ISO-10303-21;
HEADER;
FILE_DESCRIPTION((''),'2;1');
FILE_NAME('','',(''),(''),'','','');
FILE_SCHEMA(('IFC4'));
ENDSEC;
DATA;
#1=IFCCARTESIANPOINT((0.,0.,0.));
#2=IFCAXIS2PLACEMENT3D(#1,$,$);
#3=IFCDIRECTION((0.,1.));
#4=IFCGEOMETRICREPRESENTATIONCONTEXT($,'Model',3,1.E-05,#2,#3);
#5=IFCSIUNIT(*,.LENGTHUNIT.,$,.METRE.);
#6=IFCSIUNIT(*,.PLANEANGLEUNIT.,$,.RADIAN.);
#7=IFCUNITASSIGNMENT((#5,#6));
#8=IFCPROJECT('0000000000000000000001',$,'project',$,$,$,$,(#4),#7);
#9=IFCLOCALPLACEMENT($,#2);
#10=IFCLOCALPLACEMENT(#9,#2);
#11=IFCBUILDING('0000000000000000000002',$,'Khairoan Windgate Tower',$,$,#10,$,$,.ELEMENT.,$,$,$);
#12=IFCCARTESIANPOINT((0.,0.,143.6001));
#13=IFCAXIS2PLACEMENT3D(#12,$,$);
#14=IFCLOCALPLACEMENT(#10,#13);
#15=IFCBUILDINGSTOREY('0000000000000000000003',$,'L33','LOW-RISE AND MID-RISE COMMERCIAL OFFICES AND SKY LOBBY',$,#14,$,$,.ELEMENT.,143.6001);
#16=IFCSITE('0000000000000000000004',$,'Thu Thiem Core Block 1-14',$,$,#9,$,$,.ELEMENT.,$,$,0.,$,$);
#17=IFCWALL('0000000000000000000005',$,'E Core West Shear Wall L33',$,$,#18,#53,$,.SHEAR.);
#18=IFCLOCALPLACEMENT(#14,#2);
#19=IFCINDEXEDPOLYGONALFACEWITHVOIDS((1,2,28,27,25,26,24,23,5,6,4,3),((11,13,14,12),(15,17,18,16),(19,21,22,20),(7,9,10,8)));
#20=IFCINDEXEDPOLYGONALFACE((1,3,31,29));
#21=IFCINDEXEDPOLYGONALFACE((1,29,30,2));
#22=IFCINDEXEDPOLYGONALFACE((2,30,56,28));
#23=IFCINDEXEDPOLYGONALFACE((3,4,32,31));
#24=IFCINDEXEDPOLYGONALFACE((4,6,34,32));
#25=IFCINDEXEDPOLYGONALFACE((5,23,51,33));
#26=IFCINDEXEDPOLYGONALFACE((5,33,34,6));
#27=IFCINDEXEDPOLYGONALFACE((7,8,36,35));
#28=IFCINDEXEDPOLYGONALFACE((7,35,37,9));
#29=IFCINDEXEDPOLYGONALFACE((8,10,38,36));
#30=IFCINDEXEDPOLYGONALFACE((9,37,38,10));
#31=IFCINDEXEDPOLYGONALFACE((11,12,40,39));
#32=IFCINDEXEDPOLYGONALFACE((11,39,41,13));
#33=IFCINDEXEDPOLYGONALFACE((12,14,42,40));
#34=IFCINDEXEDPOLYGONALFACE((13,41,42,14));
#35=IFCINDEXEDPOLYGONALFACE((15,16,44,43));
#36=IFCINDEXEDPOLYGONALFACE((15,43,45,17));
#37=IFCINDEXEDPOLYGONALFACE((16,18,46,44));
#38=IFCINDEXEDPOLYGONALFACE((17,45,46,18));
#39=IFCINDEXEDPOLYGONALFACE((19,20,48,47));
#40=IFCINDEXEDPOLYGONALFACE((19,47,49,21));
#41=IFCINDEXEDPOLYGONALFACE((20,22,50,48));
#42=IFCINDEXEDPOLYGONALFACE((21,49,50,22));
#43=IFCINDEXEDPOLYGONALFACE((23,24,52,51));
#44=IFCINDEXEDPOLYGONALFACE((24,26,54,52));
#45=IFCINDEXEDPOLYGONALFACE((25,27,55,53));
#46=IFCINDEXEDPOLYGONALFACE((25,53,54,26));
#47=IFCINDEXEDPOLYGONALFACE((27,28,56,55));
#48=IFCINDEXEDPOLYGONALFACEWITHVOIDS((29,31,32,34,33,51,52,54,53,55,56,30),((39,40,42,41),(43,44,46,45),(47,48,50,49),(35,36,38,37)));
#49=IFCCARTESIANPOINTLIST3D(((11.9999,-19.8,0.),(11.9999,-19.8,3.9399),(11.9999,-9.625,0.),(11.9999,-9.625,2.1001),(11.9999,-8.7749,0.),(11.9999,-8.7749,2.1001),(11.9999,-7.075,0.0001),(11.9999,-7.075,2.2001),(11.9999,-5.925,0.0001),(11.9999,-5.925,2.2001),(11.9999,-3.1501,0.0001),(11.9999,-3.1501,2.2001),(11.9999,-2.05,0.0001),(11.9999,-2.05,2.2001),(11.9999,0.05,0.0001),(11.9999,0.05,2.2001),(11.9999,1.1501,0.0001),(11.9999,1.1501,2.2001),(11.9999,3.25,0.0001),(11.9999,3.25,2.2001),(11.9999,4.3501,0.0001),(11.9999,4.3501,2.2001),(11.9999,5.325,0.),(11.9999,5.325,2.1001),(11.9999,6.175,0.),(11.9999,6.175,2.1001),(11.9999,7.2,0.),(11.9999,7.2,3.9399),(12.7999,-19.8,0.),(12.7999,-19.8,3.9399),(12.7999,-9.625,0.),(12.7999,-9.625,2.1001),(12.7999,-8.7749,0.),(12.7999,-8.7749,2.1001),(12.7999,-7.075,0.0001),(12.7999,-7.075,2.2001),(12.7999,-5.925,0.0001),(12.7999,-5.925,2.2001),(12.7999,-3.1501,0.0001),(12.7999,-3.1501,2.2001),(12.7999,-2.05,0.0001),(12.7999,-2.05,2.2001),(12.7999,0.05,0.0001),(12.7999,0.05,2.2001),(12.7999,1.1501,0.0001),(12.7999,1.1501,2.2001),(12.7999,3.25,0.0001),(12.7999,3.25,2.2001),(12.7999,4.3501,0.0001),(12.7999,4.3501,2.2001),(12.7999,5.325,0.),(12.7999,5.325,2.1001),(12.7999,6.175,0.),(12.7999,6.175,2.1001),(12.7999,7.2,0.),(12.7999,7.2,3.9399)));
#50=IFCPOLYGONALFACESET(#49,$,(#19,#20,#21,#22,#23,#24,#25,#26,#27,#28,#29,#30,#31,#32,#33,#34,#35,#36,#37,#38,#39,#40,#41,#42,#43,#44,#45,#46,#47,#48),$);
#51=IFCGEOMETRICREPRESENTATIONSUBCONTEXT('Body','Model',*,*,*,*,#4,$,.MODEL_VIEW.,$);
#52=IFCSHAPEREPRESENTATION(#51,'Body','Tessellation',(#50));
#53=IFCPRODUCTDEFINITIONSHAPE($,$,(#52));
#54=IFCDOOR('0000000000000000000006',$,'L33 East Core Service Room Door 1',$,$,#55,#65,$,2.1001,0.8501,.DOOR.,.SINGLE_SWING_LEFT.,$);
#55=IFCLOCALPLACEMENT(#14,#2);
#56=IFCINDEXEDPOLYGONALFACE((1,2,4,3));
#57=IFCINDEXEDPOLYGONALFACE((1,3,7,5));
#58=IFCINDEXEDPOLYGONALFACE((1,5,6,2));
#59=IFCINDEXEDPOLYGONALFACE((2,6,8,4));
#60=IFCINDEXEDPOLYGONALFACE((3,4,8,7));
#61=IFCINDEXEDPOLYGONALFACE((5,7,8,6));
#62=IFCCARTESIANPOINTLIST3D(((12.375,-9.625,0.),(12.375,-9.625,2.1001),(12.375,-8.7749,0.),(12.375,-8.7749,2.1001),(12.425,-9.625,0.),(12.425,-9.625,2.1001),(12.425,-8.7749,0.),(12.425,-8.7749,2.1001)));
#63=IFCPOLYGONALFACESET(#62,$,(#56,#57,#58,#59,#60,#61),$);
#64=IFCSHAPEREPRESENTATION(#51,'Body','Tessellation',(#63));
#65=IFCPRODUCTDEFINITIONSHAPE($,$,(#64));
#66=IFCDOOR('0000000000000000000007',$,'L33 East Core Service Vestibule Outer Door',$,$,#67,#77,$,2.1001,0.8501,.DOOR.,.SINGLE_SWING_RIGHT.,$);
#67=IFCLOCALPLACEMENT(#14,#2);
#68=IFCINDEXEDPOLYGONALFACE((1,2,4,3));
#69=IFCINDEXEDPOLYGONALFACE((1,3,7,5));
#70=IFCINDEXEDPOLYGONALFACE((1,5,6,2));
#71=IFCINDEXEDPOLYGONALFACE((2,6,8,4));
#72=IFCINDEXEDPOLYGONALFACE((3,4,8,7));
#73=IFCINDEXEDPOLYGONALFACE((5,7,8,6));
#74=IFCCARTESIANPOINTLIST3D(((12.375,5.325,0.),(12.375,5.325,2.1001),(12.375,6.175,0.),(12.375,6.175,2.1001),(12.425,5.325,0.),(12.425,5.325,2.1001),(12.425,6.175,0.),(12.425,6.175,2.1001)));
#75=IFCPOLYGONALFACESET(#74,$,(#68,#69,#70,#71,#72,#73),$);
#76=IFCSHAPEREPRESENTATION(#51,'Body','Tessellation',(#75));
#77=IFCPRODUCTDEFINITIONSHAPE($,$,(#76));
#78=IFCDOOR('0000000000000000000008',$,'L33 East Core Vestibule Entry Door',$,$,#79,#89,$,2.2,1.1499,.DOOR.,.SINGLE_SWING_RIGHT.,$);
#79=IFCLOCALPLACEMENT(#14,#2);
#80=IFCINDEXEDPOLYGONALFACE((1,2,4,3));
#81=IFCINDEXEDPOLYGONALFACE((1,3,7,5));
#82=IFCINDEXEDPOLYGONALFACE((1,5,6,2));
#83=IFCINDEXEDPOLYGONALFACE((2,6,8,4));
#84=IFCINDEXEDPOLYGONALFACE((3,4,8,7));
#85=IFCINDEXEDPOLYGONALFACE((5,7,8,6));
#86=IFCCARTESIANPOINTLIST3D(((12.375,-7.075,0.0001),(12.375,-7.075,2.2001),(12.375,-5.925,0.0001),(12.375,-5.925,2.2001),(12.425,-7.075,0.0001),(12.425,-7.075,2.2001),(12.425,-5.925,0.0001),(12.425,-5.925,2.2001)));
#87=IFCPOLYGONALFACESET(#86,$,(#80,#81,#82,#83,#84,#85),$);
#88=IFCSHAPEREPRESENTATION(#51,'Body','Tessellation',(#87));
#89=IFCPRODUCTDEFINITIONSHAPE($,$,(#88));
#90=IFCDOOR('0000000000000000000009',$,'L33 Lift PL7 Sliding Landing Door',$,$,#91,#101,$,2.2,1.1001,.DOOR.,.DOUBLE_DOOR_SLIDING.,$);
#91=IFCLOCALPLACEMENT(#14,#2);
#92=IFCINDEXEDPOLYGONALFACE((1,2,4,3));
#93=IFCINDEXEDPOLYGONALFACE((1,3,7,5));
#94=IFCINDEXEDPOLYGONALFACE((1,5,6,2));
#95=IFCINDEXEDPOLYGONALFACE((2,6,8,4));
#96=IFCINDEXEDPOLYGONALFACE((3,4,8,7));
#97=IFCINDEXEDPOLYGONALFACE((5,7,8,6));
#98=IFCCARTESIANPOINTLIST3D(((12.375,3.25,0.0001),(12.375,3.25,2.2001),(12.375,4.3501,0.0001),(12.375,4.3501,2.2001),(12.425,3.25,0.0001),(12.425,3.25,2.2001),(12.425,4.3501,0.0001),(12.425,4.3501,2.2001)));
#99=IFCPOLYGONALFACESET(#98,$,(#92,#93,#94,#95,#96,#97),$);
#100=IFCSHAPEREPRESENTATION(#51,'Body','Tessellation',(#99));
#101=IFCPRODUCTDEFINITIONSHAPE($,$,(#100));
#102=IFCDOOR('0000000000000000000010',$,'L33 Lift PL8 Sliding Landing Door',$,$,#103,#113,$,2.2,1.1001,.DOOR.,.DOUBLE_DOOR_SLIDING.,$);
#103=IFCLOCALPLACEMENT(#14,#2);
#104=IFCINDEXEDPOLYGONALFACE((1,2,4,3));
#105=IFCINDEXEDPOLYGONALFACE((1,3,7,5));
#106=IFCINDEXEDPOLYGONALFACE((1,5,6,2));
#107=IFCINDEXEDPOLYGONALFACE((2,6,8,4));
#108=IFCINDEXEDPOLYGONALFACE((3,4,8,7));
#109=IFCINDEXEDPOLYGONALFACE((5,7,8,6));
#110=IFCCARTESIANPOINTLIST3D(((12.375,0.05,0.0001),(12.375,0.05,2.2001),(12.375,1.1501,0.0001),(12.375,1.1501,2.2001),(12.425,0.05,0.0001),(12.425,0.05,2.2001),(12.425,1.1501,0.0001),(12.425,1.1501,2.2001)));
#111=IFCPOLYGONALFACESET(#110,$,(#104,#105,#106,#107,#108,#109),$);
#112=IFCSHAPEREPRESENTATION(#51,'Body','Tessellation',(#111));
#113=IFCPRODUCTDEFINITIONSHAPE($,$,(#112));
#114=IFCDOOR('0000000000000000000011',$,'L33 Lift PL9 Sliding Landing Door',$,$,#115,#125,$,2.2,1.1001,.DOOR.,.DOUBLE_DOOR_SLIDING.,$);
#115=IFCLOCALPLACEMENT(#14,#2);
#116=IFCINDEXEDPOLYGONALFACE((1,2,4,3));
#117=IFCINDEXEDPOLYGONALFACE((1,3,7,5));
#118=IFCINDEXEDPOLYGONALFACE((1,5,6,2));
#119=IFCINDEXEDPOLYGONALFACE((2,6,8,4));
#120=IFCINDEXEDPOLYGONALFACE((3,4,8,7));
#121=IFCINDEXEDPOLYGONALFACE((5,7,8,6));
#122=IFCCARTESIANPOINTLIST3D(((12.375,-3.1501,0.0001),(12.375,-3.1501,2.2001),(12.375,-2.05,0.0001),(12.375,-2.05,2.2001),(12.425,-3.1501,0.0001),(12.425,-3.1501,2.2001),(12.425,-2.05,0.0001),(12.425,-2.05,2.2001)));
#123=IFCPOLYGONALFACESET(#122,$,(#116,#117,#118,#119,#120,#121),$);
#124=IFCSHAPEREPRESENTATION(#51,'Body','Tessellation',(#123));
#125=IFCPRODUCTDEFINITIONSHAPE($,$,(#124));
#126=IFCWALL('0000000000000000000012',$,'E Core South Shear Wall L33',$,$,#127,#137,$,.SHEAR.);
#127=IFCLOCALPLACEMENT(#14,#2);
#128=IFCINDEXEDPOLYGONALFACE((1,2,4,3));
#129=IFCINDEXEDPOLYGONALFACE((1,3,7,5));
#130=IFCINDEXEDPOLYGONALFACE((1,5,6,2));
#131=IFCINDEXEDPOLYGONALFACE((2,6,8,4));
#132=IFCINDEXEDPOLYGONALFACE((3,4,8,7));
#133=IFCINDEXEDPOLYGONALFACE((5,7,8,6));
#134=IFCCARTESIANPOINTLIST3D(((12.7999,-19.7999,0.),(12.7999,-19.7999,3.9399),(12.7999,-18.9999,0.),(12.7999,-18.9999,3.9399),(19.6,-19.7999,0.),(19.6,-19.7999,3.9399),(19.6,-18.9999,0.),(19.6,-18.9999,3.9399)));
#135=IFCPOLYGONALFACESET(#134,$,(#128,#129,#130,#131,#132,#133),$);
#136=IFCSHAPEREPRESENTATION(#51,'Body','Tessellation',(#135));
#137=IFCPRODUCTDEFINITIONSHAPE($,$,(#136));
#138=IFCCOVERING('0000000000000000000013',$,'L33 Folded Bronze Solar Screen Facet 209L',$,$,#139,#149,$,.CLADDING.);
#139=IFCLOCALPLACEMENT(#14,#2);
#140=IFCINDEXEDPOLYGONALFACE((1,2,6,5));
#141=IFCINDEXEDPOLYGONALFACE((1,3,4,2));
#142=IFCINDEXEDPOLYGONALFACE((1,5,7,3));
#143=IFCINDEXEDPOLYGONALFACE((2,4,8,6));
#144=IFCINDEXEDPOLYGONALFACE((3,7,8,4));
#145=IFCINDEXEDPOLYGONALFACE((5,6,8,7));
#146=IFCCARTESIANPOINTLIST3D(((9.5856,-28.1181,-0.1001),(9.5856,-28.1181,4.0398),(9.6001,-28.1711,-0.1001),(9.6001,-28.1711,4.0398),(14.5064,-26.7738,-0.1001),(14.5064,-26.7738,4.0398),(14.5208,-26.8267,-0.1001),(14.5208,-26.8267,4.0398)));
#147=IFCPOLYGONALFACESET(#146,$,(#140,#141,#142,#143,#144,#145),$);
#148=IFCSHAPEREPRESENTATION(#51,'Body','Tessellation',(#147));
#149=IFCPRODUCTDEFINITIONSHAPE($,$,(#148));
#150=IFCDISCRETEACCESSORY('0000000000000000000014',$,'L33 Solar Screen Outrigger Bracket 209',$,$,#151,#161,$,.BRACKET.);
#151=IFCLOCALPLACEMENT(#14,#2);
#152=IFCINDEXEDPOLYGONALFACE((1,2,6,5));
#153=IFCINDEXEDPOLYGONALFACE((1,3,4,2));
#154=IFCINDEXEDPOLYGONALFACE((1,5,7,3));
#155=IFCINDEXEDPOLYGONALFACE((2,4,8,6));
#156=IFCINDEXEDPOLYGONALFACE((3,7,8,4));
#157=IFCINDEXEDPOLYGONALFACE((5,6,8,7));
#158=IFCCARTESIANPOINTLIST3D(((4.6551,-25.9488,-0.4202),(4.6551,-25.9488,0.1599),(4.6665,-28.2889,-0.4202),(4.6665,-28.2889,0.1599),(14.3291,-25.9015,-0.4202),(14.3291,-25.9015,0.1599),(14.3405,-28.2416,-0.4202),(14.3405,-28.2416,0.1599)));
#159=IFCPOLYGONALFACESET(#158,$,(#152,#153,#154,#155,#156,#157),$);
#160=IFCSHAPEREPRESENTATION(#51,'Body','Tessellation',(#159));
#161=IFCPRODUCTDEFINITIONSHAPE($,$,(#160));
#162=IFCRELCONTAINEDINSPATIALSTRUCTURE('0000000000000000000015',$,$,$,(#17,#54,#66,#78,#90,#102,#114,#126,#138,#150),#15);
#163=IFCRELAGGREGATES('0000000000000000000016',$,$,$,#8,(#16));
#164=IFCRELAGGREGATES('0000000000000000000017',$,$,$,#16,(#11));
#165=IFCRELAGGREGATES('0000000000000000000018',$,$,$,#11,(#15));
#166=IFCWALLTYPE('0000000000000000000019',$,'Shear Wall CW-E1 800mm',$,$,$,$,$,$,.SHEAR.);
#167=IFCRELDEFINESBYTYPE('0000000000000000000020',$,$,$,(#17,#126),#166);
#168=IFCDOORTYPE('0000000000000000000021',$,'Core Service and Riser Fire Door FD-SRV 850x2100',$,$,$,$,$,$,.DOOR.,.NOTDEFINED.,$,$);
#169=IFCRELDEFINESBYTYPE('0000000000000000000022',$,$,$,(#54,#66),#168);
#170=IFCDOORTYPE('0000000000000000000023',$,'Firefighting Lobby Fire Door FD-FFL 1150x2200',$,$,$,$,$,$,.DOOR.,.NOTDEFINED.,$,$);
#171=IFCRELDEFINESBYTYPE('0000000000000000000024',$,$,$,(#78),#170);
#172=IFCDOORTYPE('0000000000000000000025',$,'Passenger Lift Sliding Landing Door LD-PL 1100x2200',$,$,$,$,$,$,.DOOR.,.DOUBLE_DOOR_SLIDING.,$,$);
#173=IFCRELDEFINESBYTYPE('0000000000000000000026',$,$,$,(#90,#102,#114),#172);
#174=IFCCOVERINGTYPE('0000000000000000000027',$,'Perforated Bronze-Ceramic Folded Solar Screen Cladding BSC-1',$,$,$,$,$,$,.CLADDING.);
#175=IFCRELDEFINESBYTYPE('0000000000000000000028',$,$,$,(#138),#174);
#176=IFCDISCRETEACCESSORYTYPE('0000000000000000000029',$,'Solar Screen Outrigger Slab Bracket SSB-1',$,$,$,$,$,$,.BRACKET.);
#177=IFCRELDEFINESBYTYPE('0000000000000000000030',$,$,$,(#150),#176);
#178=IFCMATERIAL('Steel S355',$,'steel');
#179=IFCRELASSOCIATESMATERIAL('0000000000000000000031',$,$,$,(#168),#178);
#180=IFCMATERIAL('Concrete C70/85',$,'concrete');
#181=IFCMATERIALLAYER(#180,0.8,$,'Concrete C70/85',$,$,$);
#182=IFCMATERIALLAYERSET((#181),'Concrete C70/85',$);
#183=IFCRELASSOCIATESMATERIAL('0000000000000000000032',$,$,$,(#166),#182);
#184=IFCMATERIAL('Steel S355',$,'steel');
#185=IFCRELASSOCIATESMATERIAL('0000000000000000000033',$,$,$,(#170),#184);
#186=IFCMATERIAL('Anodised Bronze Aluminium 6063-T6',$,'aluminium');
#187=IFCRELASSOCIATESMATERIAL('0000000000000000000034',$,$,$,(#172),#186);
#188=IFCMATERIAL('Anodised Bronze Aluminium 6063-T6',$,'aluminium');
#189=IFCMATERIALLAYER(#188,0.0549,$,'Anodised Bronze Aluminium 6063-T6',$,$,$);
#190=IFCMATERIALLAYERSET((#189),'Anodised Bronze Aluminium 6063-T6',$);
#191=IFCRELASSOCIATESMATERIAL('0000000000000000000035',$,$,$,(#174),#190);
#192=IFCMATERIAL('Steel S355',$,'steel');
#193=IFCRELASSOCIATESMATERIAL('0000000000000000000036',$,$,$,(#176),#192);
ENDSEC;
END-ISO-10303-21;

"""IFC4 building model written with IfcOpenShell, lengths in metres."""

from ifc_helpers import new_model, si_unit, direction, frame, frame_2d, origin, origin_2d, place, context, subcontext, project, spatial, rectangle, extrude, material, layer, layer_set, type_object, element, fill, save


model = new_model("IFC4")

# Units and contexts
model_context = context("Model", 3, precision=1e-05, world=origin(), true_north=direction((0.0, 1.0)))
body_context = subcontext(model_context, "Body", "Model", "MODEL_VIEW")
ifc_project = project(units=[si_unit("LENGTHUNIT", "METRE"), si_unit("PLANEANGLEUNIT", "RADIAN")], contexts=[model_context])

# Site, building, storey
site_placement = place(None, origin())
site = spatial("IfcSite", under=ifc_project, at=site_placement, Name="Thu Thiem Core Block 1-14", CompositionType="ELEMENT", RefElevation=0.0)
building_placement = place(site_placement, origin())
building = spatial("IfcBuilding", under=site, at=building_placement, Name="Khairoan Windgate Tower", CompositionType="ELEMENT")
storey_placement = place(building_placement, frame((0.0, 0.0, 143.6001)))
storey = spatial("IfcBuildingStorey", under=building, at=storey_placement, Name="L33", Description="LOW-RISE AND MID-RISE COMMERCIAL OFFICES AND SKY LOBBY", CompositionType="ELEMENT", Elevation=143.6001)

# Shared definitions
ifc_material_1 = material(Name="Steel S355", Category="steel")
door_type_1 = type_object("IfcDoorType", Name="Core Service and Riser Fire Door FD-SRV 850x2100", OperationType="NOTDEFINED", PredefinedType="DOOR", material=ifc_material_1)

# Wall, openings, doors
ifc_material_2 = material(Name="Concrete C70/85", Category="concrete")
ifc_layer_1 = layer(ifc_material_2, 0.8, Name="Concrete C70/85")
ifc_layer_set_1 = layer_set([ifc_layer_1], Name="Concrete C70/85")
wall_type_1 = type_object("IfcWallType", Name="Shear Wall CW-E1 800mm", PredefinedType="SHEAR", material=ifc_layer_set_1)
wall_1_placement = place(storey_placement, frame((12.3999, -19.8, 0.0), z_axis=(0.0, 0.0, 1.0), x_axis=(0.0, 1.0, 0.0)))
wall_1 = element("IfcWall", 1, at=wall_1_placement, inside=storey, type_object=wall_type_1, Name="E Core West Shear Wall L33", PredefinedType="SHEAR", context=body_context, shape_type="SweptSolid", body=[
    extrude(rectangle(XDim=27.0, YDim=0.8, at=frame_2d((13.5, 0.0))), origin(), (0.0, 0.0, 1.0), 3.9399),
])
opening_1_placement = place(wall_1_placement, frame((23.05, 0.0, 0.0)))
opening_1 = element("IfcOpeningElement", 2, at=opening_1_placement, cuts=wall_1, PredefinedType="OPENING", context=body_context, shape_type="SweptSolid", body=[
    extrude(rectangle(XDim=1.1001, YDim=2.2, at=frame_2d((0.55, 1.1001))), frame((0.0, 0.4099, 0.0), z_axis=(0.0, -1.0, 0.0), x_axis=(1.0, 0.0, 0.0)), (0.0, 0.0, 1.0), 0.8201),
])
opening_2_placement = place(wall_1_placement, frame((19.8501, 0.0, 0.0)))
opening_2 = element("IfcOpeningElement", 3, at=opening_2_placement, cuts=wall_1, PredefinedType="OPENING", context=body_context, shape_type="SweptSolid", body=[
    extrude(rectangle(XDim=1.1001, YDim=2.2, at=frame_2d((0.55, 1.1001))), frame((0.0, 0.4099, 0.0), z_axis=(0.0, -1.0, 0.0), x_axis=(1.0, 0.0, 0.0)), (0.0, 0.0, 1.0), 0.8201),
])
opening_3_placement = place(wall_1_placement, frame((16.6499, 0.0, 0.0)))
opening_3 = element("IfcOpeningElement", 4, at=opening_3_placement, cuts=wall_1, PredefinedType="OPENING", context=body_context, shape_type="SweptSolid", body=[
    extrude(rectangle(XDim=1.1001, YDim=2.2, at=frame_2d((0.55, 1.1001))), frame((0.0, 0.4099, 0.0), z_axis=(0.0, -1.0, 0.0), x_axis=(1.0, 0.0, 0.0)), (0.0, 0.0, 1.0), 0.8201),
])
opening_4_placement = place(wall_1_placement, frame((10.175, 0.0, 0.0)))
opening_4 = element("IfcOpeningElement", 5, at=opening_4_placement, cuts=wall_1, PredefinedType="OPENING", context=body_context, shape_type="SweptSolid", body=[
    extrude(rectangle(XDim=0.8501, YDim=2.1001, at=frame_2d((0.425, 1.05))), frame((0.0, 0.4099, 0.0), z_axis=(0.0, -1.0, 0.0), x_axis=(1.0, 0.0, 0.0)), (0.0, 0.0, 1.0), 0.8201),
])
opening_5_placement = place(wall_1_placement, frame((12.7251, 0.0, 0.0)))
opening_5 = element("IfcOpeningElement", 6, at=opening_5_placement, cuts=wall_1, PredefinedType="OPENING", context=body_context, shape_type="SweptSolid", body=[
    extrude(rectangle(XDim=1.1499, YDim=2.2, at=frame_2d((0.575, 1.1001))), frame((0.0, 0.4099, 0.0), z_axis=(0.0, -1.0, 0.0), x_axis=(1.0, 0.0, 0.0)), (0.0, 0.0, 1.0), 0.8201),
])
opening_6_placement = place(wall_1_placement, frame((25.125, 0.0, 0.0)))
opening_6 = element("IfcOpeningElement", 7, at=opening_6_placement, cuts=wall_1, PredefinedType="OPENING", context=body_context, shape_type="SweptSolid", body=[
    extrude(rectangle(XDim=0.8501, YDim=2.1001, at=frame_2d((0.425, 1.05))), frame((0.0, 0.4099, 0.0), z_axis=(0.0, -1.0, 0.0), x_axis=(1.0, 0.0, 0.0)), (0.0, 0.0, 1.0), 0.8201),
])
door_1_placement = place(opening_4_placement, origin())
door_1 = element("IfcDoor", 8, at=door_1_placement, inside=storey, type_object=door_type_1, Name="L33 East Core Service Room Door 1", OperationType="SINGLE_SWING_LEFT", OverallHeight=2.1001, OverallWidth=0.8501, PredefinedType="DOOR", context=body_context, shape_type="SweptSolid", body=[
    extrude(rectangle(XDim=0.8501, YDim=2.1001, at=frame_2d((0.425, 1.05))), frame((0.0, 0.0249, 0.0), z_axis=(0.0, -1.0, 0.0), x_axis=(1.0, 0.0, 0.0)), (0.0, 0.0, 1.0), 0.05),
])
fill(opening_4, door_1)
door_2_placement = place(opening_6_placement, origin())
door_2 = element("IfcDoor", 9, at=door_2_placement, inside=storey, type_object=door_type_1, Name="L33 East Core Service Vestibule Outer Door", OperationType="SINGLE_SWING_RIGHT", OverallHeight=2.1001, OverallWidth=0.8501, PredefinedType="DOOR", context=body_context, shape_type="SweptSolid", body=[
    extrude(rectangle(XDim=0.8501, YDim=2.1001, at=frame_2d((0.425, 1.05))), frame((0.0, 0.0249, 0.0), z_axis=(0.0, -1.0, 0.0), x_axis=(1.0, 0.0, 0.0)), (0.0, 0.0, 1.0), 0.05),
])
fill(opening_6, door_2)
ifc_material_3 = material(Name="Steel S355", Category="steel")
door_type_2 = type_object("IfcDoorType", Name="Firefighting Lobby Fire Door FD-FFL 1150x2200", OperationType="NOTDEFINED", PredefinedType="DOOR", material=ifc_material_3)
door_3_placement = place(opening_5_placement, origin())
door_3 = element("IfcDoor", 10, at=door_3_placement, inside=storey, type_object=door_type_2, Name="L33 East Core Vestibule Entry Door", OperationType="SINGLE_SWING_RIGHT", OverallHeight=2.2, OverallWidth=1.1499, PredefinedType="DOOR", context=body_context, shape_type="SweptSolid", body=[
    extrude(rectangle(XDim=1.1499, YDim=2.2, at=frame_2d((0.575, 1.1001))), frame((0.0, 0.0249, 0.0), z_axis=(0.0, -1.0, 0.0), x_axis=(1.0, 0.0, 0.0)), (0.0, 0.0, 1.0), 0.05),
])
fill(opening_5, door_3)
ifc_material_4 = material(Name="Anodised Bronze Aluminium 6063-T6", Category="aluminium")
door_type_3 = type_object("IfcDoorType", Name="Passenger Lift Sliding Landing Door LD-PL 1100x2200", OperationType="DOUBLE_DOOR_SLIDING", PredefinedType="DOOR", material=ifc_material_4)
door_4_placement = place(opening_1_placement, origin())
door_4 = element("IfcDoor", 11, at=door_4_placement, inside=storey, type_object=door_type_3, Name="L33 Lift PL7 Sliding Landing Door", OperationType="DOUBLE_DOOR_SLIDING", OverallHeight=2.2, OverallWidth=1.1001, PredefinedType="DOOR", context=body_context, shape_type="SweptSolid", body=[
    extrude(rectangle(XDim=1.1001, YDim=2.2, at=frame_2d((0.55, 1.1001))), frame((0.0, 0.0249, 0.0), z_axis=(0.0, -1.0, 0.0), x_axis=(1.0, 0.0, 0.0)), (0.0, 0.0, 1.0), 0.05),
])
fill(opening_1, door_4)
door_5_placement = place(opening_2_placement, origin())
door_5 = element("IfcDoor", 12, at=door_5_placement, inside=storey, type_object=door_type_3, Name="L33 Lift PL8 Sliding Landing Door", OperationType="DOUBLE_DOOR_SLIDING", OverallHeight=2.2, OverallWidth=1.1001, PredefinedType="DOOR", context=body_context, shape_type="SweptSolid", body=[
    extrude(rectangle(XDim=1.1001, YDim=2.2, at=frame_2d((0.55, 1.1001))), frame((0.0, 0.0249, 0.0), z_axis=(0.0, -1.0, 0.0), x_axis=(1.0, 0.0, 0.0)), (0.0, 0.0, 1.0), 0.05),
])
fill(opening_2, door_5)
door_6_placement = place(opening_3_placement, origin())
door_6 = element("IfcDoor", 13, at=door_6_placement, inside=storey, type_object=door_type_3, Name="L33 Lift PL9 Sliding Landing Door", OperationType="DOUBLE_DOOR_SLIDING", OverallHeight=2.2, OverallWidth=1.1001, PredefinedType="DOOR", context=body_context, shape_type="SweptSolid", body=[
    extrude(rectangle(XDim=1.1001, YDim=2.2, at=frame_2d((0.55, 1.1001))), frame((0.0, 0.0249, 0.0), z_axis=(0.0, -1.0, 0.0), x_axis=(1.0, 0.0, 0.0)), (0.0, 0.0, 1.0), 0.05),
])
fill(opening_3, door_6)

# Wall
wall_2_placement = place(storey_placement, frame((12.8, -19.3999, 0.0), z_axis=(0.0, 0.0, 1.0), x_axis=(1.0, 0.0, 0.0)))
element("IfcWall", 14, at=wall_2_placement, inside=storey, type_object=wall_type_1, Name="E Core South Shear Wall L33", PredefinedType="SHEAR", context=body_context, shape_type="SweptSolid", body=[
    extrude(rectangle(XDim=6.8, YDim=0.8, at=frame_2d((3.3999, 0.0))), origin(), (0.0, 0.0, 1.0), 3.9399),
])

# Covering
ifc_material_5 = material(Name="Anodised Bronze Aluminium 6063-T6", Category="aluminium")
ifc_layer_2 = layer(ifc_material_5, 0.0549, Name="Anodised Bronze Aluminium 6063-T6")
ifc_layer_set_2 = layer_set([ifc_layer_2], Name="Anodised Bronze Aluminium 6063-T6")
covering_type = type_object("IfcCoveringType", Name="Perforated Bronze-Ceramic Folded Solar Screen Cladding BSC-1", PredefinedType="CLADDING", material=ifc_layer_set_2)
covering_placement = place(storey_placement, frame((12.0532, -27.4724, -0.1001), z_axis=(0.0, 0.0, 1.0), x_axis=(-0.964649, -0.263536, 0.0)))
element("IfcCovering", 15, at=covering_placement, inside=storey, type_object=covering_type, Name="L33 Folded Bronze Solar Screen Facet 209L", PredefinedType="CLADDING", context=body_context, shape_type="SweptSolid", body=[
    extrude(rectangle(XDim=5.1011, YDim=0.0549, at=origin_2d()), origin(), (0.0, 0.0, 1.0), 4.1399),
])

# Discrete accessory
ifc_material_6 = material(Name="Steel S355", Category="steel")
discrete_accessory_type = type_object("IfcDiscreteAccessoryType", Name="Solar Screen Outrigger Slab Bracket SSB-1", PredefinedType="BRACKET", material=ifc_material_6)
discrete_accessory_placement = place(storey_placement, frame((9.4978, -27.0952, -0.4202), z_axis=(0.0, 0.0, 1.0), x_axis=(-0.999988, -0.004887, 0.0)))
element("IfcDiscreteAccessory", 16, at=discrete_accessory_placement, inside=storey, type_object=discrete_accessory_type, Name="L33 Solar Screen Outrigger Bracket 209", PredefinedType="BRACKET", context=body_context, shape_type="SweptSolid", body=[
    extrude(rectangle(XDim=9.6741, YDim=2.3401, at=origin_2d()), origin(), (0.0, 0.0, 1.0), 0.5801),
])

save(model, "model.ifc")
